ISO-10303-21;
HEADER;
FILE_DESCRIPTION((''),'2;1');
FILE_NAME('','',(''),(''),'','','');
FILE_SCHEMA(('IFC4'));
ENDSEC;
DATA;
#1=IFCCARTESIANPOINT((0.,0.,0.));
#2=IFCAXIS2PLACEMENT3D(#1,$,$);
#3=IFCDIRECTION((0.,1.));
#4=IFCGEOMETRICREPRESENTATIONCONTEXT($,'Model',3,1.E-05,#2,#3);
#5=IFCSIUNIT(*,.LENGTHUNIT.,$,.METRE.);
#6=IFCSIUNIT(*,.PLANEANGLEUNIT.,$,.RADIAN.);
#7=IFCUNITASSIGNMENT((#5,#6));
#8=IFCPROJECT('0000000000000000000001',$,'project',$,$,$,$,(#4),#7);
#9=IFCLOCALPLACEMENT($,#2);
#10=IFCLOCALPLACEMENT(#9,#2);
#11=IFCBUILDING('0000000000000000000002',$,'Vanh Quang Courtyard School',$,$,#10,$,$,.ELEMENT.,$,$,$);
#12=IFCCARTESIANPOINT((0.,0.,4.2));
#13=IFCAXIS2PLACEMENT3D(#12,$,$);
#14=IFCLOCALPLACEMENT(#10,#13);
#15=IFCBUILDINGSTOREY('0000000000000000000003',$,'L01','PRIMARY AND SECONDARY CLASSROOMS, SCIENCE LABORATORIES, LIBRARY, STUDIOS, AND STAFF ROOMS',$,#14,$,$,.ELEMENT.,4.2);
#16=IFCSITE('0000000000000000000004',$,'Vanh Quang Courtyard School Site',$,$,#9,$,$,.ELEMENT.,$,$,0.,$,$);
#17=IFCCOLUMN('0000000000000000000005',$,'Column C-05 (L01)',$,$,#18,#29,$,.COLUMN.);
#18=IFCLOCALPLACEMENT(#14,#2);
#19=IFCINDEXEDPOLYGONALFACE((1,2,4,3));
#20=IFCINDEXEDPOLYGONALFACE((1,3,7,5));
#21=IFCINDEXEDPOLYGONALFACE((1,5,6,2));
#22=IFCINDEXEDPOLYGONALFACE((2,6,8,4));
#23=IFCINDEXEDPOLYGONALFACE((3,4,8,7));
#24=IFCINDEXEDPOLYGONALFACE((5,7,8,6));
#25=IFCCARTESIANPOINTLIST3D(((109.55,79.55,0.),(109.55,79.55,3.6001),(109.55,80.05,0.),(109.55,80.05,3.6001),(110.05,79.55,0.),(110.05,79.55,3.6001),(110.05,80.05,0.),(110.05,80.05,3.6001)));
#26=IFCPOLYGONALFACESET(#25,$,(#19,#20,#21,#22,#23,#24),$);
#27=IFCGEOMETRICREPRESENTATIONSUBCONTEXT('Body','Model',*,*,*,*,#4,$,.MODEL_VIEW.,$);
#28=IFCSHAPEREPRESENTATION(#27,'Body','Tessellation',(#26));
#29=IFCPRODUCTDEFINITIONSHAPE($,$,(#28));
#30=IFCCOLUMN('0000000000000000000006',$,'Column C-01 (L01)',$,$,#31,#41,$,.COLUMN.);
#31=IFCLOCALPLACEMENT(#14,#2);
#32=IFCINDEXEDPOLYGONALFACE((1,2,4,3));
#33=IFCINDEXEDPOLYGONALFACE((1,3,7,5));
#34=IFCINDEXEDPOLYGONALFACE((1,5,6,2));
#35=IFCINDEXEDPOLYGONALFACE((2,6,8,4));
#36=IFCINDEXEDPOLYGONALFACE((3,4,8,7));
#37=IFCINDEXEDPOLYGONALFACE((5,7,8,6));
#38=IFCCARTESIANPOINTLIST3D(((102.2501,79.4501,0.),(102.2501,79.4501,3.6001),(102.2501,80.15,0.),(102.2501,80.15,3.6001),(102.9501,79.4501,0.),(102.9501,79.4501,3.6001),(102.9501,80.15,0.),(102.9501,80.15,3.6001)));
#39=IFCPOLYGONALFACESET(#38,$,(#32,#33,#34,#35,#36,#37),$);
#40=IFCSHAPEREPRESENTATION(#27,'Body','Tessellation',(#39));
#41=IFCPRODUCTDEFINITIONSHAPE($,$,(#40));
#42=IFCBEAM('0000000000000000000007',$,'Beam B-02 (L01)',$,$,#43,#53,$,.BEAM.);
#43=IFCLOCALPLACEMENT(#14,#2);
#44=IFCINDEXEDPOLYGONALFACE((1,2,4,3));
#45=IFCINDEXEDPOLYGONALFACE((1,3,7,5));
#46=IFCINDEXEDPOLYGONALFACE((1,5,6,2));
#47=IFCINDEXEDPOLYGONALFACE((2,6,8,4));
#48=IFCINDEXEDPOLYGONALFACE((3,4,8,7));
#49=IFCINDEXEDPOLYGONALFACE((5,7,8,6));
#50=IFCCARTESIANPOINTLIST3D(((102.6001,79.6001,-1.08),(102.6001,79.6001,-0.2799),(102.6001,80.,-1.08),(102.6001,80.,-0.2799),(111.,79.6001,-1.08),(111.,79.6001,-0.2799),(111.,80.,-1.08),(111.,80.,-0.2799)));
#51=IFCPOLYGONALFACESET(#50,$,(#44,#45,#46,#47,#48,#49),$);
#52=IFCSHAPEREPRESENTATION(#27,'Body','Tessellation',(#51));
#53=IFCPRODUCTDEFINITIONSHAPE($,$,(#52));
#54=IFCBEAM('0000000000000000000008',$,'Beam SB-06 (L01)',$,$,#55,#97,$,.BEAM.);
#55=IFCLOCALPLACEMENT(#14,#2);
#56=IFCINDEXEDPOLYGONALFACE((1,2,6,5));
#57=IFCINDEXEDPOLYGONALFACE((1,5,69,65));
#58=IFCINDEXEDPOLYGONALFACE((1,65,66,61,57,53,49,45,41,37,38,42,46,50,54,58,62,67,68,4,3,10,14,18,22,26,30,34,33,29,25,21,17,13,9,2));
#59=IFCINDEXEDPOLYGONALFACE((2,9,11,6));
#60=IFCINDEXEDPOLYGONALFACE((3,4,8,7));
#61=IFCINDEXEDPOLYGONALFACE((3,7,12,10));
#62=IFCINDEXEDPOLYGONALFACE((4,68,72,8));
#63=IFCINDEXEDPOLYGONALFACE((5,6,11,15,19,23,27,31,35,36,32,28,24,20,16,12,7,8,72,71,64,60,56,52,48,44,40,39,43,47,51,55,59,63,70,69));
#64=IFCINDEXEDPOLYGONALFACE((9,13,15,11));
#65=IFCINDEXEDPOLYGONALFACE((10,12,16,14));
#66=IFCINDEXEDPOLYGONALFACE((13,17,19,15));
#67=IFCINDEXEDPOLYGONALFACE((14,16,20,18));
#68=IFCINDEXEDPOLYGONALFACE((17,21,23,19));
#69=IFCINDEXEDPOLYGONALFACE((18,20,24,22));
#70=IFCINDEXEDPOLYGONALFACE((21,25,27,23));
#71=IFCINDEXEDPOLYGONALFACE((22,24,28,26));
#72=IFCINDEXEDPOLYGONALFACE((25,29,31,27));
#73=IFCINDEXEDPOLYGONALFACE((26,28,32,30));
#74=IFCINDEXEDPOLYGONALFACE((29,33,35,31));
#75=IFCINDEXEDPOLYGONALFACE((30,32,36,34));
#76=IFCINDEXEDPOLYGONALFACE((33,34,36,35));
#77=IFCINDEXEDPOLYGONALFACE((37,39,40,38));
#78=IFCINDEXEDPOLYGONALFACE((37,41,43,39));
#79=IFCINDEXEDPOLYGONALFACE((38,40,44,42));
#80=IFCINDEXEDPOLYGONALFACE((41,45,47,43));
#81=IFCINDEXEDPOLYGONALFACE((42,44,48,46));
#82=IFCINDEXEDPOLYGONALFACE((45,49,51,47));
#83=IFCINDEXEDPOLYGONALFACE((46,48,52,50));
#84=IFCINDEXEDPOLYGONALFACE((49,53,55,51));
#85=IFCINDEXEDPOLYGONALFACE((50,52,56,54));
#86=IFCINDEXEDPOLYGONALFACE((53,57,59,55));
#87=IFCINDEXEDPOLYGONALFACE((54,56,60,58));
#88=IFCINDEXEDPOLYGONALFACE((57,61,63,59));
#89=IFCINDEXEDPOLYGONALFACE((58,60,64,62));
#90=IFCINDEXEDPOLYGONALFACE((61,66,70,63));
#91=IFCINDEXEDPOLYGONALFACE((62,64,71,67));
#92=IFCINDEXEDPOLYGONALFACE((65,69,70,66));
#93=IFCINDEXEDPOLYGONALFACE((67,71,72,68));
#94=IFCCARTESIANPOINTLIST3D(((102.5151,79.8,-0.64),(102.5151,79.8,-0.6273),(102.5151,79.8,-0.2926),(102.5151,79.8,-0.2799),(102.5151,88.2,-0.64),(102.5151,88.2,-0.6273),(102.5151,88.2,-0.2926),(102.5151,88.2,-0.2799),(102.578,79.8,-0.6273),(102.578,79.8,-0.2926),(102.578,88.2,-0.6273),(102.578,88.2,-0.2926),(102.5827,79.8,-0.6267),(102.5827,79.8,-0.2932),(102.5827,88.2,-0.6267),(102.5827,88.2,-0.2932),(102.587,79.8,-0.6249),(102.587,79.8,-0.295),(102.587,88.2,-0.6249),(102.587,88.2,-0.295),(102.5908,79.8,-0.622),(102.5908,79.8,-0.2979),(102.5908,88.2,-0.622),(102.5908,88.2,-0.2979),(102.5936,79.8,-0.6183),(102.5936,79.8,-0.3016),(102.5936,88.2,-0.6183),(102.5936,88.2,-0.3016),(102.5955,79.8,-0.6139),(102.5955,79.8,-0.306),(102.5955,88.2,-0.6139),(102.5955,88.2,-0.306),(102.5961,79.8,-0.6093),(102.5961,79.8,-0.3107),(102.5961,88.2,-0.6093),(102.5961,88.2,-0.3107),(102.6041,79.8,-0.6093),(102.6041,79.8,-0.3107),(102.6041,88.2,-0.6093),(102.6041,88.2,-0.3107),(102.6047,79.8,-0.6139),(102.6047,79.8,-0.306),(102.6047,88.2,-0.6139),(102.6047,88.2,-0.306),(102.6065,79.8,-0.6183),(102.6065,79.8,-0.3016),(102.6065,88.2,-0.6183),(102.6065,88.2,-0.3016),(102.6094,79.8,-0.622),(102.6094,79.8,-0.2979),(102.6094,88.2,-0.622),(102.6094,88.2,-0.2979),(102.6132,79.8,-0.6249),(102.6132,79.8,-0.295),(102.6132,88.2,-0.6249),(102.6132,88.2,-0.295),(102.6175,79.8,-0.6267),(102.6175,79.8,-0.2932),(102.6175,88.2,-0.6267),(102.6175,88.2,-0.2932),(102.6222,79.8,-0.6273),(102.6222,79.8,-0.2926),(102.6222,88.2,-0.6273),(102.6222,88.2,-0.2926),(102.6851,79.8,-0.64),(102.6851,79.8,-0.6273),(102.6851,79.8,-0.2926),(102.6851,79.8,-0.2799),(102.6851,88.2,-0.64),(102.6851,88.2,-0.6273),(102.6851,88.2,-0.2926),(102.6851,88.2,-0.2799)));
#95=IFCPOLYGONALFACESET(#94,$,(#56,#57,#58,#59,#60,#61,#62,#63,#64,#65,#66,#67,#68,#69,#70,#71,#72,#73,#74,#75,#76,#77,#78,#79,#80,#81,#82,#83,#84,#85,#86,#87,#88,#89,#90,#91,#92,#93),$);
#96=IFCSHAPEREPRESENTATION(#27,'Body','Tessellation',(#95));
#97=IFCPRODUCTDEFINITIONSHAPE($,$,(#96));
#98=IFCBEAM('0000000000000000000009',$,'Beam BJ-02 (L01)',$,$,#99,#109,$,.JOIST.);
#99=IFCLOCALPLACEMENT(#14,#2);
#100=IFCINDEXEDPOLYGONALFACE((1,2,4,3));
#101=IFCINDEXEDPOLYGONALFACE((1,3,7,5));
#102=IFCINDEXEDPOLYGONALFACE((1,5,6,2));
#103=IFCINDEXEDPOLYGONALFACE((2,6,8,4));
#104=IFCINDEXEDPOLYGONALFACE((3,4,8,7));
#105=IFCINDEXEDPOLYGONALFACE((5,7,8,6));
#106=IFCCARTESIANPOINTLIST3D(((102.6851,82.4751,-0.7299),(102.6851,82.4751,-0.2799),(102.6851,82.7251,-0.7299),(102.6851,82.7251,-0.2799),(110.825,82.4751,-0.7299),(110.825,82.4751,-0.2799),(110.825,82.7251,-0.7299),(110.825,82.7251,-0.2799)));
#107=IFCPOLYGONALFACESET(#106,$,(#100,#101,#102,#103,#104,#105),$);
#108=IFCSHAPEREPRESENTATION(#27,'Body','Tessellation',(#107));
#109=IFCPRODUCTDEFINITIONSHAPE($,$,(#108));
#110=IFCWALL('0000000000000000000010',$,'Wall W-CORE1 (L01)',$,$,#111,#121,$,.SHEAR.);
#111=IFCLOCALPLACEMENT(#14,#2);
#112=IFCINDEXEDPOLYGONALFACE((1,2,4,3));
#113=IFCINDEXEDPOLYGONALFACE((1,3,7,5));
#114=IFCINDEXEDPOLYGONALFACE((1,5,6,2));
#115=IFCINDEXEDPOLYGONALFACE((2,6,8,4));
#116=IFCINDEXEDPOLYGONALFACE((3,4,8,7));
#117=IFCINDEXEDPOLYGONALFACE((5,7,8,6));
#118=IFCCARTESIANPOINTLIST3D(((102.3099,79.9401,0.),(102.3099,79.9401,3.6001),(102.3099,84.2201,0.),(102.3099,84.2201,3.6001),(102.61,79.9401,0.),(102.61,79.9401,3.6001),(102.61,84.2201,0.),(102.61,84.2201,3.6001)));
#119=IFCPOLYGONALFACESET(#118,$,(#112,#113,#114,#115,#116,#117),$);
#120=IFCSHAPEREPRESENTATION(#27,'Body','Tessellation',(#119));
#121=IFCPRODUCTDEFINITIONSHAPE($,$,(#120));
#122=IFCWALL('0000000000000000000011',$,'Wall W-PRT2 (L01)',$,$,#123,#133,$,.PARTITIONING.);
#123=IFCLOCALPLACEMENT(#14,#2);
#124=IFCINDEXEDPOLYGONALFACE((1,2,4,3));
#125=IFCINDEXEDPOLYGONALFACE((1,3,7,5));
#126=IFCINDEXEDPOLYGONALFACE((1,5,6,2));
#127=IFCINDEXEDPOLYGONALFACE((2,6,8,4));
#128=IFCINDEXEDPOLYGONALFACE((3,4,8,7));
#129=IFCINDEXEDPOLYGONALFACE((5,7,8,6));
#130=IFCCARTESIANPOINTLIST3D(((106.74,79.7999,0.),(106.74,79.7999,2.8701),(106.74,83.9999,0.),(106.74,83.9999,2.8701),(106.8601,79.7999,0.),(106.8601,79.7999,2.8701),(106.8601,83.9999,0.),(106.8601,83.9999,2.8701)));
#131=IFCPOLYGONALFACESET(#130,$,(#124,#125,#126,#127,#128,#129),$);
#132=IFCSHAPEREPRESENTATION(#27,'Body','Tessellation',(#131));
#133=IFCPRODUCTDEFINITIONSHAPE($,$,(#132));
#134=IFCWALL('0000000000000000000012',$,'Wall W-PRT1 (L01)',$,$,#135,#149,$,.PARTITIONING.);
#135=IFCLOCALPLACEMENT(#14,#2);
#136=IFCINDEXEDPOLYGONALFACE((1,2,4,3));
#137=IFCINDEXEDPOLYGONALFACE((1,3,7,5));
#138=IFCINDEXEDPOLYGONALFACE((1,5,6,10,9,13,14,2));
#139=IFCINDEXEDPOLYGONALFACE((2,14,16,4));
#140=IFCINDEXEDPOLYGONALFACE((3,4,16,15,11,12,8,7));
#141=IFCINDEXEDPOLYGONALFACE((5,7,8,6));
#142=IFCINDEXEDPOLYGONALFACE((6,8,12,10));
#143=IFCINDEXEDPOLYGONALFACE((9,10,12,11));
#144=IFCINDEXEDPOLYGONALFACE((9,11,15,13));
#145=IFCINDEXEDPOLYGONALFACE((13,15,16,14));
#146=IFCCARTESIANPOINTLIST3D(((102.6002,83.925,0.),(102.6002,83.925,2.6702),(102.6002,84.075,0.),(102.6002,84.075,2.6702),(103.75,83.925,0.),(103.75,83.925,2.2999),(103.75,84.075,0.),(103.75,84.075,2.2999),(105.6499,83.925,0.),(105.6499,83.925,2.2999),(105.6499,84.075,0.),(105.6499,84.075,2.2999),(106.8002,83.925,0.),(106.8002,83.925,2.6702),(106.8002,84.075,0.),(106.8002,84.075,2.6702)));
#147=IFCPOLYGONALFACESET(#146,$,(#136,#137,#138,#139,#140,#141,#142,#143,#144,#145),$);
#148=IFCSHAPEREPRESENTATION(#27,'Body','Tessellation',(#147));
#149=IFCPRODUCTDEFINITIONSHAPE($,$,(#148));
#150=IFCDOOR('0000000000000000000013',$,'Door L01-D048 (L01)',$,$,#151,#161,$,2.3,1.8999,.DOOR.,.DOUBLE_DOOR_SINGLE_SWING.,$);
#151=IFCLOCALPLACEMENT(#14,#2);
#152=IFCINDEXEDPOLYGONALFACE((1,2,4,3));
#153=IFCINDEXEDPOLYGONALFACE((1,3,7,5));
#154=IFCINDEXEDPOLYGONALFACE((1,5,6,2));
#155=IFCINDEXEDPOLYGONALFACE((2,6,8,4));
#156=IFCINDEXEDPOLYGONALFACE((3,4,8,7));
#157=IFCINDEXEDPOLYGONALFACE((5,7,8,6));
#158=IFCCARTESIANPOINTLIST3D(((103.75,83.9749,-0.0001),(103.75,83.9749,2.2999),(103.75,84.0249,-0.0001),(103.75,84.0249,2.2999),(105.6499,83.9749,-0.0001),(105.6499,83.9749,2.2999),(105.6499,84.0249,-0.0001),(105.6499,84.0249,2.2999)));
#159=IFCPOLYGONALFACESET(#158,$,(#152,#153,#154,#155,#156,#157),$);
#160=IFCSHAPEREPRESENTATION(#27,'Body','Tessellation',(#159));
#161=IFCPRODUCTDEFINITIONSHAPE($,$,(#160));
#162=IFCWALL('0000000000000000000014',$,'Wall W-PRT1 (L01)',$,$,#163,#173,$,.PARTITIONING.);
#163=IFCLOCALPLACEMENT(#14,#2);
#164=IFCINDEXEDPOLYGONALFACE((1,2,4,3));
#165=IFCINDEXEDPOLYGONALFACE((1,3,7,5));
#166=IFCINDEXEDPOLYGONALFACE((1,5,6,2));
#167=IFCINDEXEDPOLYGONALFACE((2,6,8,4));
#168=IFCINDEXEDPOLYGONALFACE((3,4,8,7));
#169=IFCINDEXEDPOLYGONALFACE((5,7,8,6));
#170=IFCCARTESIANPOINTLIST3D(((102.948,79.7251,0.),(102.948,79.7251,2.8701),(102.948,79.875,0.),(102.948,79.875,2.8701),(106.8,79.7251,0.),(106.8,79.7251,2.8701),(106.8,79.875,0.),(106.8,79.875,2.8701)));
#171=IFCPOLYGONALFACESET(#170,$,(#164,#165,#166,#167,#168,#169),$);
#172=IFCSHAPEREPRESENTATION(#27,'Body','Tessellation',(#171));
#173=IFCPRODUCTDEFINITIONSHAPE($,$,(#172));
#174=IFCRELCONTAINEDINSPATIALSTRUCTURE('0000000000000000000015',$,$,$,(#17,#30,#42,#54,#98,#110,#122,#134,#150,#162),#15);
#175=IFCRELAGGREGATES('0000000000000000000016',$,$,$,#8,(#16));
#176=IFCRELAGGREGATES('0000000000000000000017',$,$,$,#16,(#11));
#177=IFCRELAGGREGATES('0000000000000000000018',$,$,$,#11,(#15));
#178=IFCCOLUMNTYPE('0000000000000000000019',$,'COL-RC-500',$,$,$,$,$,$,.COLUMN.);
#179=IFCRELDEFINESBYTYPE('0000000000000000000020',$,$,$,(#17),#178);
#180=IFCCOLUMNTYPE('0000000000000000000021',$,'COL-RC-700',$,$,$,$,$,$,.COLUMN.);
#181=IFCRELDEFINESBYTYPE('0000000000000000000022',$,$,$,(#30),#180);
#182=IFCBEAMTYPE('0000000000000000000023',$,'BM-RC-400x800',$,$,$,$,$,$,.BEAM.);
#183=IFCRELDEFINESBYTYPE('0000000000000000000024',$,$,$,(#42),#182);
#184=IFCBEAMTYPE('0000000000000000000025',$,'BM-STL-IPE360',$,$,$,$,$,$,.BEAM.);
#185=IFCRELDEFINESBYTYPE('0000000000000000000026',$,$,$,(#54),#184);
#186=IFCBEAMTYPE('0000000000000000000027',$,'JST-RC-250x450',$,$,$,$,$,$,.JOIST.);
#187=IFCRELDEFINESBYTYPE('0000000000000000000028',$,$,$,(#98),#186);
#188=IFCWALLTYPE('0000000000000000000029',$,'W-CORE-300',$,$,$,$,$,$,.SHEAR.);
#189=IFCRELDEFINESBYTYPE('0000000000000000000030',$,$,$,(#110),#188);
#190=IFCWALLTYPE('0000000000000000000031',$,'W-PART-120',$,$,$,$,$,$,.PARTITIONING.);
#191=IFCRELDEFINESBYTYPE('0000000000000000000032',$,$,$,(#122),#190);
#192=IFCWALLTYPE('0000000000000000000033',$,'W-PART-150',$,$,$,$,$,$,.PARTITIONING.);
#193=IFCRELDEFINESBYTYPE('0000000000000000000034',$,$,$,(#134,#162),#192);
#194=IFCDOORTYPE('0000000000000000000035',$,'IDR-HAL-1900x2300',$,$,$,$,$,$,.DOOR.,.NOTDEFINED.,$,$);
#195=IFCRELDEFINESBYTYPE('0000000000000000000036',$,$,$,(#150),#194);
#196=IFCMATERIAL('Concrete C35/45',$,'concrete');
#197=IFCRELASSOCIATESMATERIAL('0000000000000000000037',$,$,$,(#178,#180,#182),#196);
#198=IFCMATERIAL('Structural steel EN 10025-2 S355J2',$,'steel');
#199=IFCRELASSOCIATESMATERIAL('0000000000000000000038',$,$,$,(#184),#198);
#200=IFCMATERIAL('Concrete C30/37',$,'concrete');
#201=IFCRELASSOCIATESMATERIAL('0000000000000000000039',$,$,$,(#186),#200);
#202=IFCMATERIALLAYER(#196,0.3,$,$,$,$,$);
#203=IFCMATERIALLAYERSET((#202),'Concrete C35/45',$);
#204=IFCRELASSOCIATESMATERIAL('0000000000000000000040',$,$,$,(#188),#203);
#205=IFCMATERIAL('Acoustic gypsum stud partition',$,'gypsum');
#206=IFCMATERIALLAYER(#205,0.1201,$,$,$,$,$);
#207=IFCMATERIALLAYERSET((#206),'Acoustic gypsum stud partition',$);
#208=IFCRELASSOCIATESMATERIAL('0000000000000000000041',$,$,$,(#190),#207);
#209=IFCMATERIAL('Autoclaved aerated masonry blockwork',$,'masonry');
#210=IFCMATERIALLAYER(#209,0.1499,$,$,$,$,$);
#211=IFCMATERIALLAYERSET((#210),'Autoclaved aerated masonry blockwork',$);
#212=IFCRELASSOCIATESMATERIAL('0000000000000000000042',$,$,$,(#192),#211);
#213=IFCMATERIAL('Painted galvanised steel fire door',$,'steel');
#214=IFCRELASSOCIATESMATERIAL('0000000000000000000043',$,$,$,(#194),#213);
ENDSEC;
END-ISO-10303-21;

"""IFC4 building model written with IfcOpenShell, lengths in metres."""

from ifc_helpers import new_model, si_unit, direction, frame, frame_2d, origin, origin_2d, place, context, subcontext, project, spatial, rectangle, i_section, extrude, material, layer, layer_set, material_profile, profile_set, type_object, element, fill, save


model = new_model("IFC4")

# Units and contexts
model_context = context("Model", 3, precision=1e-05, world=origin(), true_north=direction((0.0, 1.0)))
body_context = subcontext(model_context, "Body", "Model", "MODEL_VIEW")
ifc_project = project(units=[si_unit("LENGTHUNIT", "METRE"), si_unit("PLANEANGLEUNIT", "RADIAN")], contexts=[model_context])

# Site, building, storey
site_placement = place(None, origin())
site = spatial("IfcSite", under=ifc_project, at=site_placement, Name="Vanh Quang Courtyard School Site", CompositionType="ELEMENT", RefElevation=0.0)
building_placement = place(site_placement, origin())
building = spatial("IfcBuilding", under=site, at=building_placement, Name="Vanh Quang Courtyard School", CompositionType="ELEMENT")
storey_placement = place(building_placement, frame((0.0, 0.0, 4.2)))
storey = spatial("IfcBuildingStorey", under=building, at=storey_placement, Name="L01", Description="PRIMARY AND SECONDARY CLASSROOMS, SCIENCE LABORATORIES, LIBRARY, STUDIOS, AND STAFF ROOMS", CompositionType="ELEMENT", Elevation=4.2)

# Columns
ifc_material_1 = material(Name="Concrete C35/45", Category="concrete")
ifc_material_profile_1 = material_profile(ifc_material_1, rectangle(XDim=0.5, YDim=0.5, at=origin_2d()), Name="RC-COL 500x500")
ifc_profile_set_1 = profile_set([ifc_material_profile_1], Name="Concrete C35/45")
column_type_1 = type_object("IfcColumnType", Name="COL-RC-500", PredefinedType="COLUMN", material=ifc_profile_set_1)
column_1_placement = place(storey_placement, frame((109.8, 79.8, 0.0), z_axis=(0.0, 0.0, 1.0), x_axis=(1.0, 0.0, 0.0)))
element("IfcColumn", 1, at=column_1_placement, inside=storey, type_object=column_type_1, Name="Column C-05 (L01)", PredefinedType="COLUMN", context=body_context, shape_type="SweptSolid", body=[
    extrude(rectangle(XDim=0.5, YDim=0.5, at=origin_2d()), origin(), (0.0, 0.0, 1.0), 3.6001),
])
ifc_material_profile_2 = material_profile(ifc_material_1, rectangle(XDim=0.7, YDim=0.7, at=origin_2d()), Name="RC-COL 700x700")
ifc_profile_set_2 = profile_set([ifc_material_profile_2], Name="Concrete C35/45")
column_type_2 = type_object("IfcColumnType", Name="COL-RC-700", PredefinedType="COLUMN", material=ifc_profile_set_2)
column_2_placement = place(storey_placement, frame((102.6001, 79.8, 0.0), z_axis=(0.0, 0.0, 1.0), x_axis=(1.0, 0.0, 0.0)))
element("IfcColumn", 2, at=column_2_placement, inside=storey, type_object=column_type_2, Name="Column C-01 (L01)", PredefinedType="COLUMN", context=body_context, shape_type="SweptSolid", body=[
    extrude(rectangle(XDim=0.7, YDim=0.7, at=origin_2d()), origin(), (0.0, 0.0, 1.0), 3.6001),
])

# Beams
ifc_material_profile_3 = material_profile(ifc_material_1, rectangle(XDim=0.3999, YDim=0.8, at=origin_2d()), Name="RC-BM 400x800")
ifc_profile_set_3 = profile_set([ifc_material_profile_3], Name="Concrete C35/45")
beam_type_1 = type_object("IfcBeamType", Name="BM-RC-400x800", PredefinedType="BEAM", material=ifc_profile_set_3)
beam_1_placement = place(storey_placement, frame((102.6001, 79.8, -0.6799), z_axis=(1.0, 0.0, 0.0), x_axis=(0.0, 1.0, 0.0)))
element("IfcBeam", 3, at=beam_1_placement, inside=storey, type_object=beam_type_1, Name="Beam B-02 (L01)", PredefinedType="BEAM", context=body_context, shape_type="SweptSolid", body=[
    extrude(rectangle(XDim=0.3999, YDim=0.8, at=origin_2d()), origin(), (0.0, 0.0, 1.0), 8.3999),
])
ifc_material_2 = material(Name="Structural steel EN 10025-2 S355J2", Category="steel")
ifc_material_profile_4 = material_profile(ifc_material_2, i_section(OverallWidth=0.1699, OverallDepth=0.3601, WebThickness=0.0081, FlangeThickness=0.0127, FilletRadius=0.0181, at=origin_2d()), Name="IPE 360")
ifc_profile_set_4 = profile_set([ifc_material_profile_4], Name="Structural steel EN 10025-2 S355J2")
beam_type_2 = type_object("IfcBeamType", Name="BM-STL-IPE360", PredefinedType="BEAM", material=ifc_profile_set_4)
beam_2_placement = place(storey_placement, frame((102.6001, 79.8, -0.46), z_axis=(0.0, 1.0, 0.0), x_axis=(-1.0, 0.0, 0.0)))
element("IfcBeam", 4, at=beam_2_placement, inside=storey, type_object=beam_type_2, Name="Beam SB-06 (L01)", PredefinedType="BEAM", context=body_context, shape_type="SweptSolid", body=[
    extrude(i_section(OverallWidth=0.1699, OverallDepth=0.3601, WebThickness=0.0081, FlangeThickness=0.0127, FilletRadius=0.0181, at=origin_2d()), origin(), (0.0, 0.0, 1.0), 8.3999),
])
ifc_material_3 = material(Name="Concrete C30/37", Category="concrete")
ifc_material_profile_5 = material_profile(ifc_material_3, rectangle(XDim=0.25, YDim=0.45, at=origin_2d()), Name="RC-JST 250x450")
ifc_profile_set_5 = profile_set([ifc_material_profile_5], Name="Concrete C30/37")
beam_type_3 = type_object("IfcBeamType", Name="JST-RC-250x450", PredefinedType="JOIST", material=ifc_profile_set_5)
beam_3_placement = place(storey_placement, frame((102.6851, 82.6001, -0.5049), z_axis=(1.0, 0.0, 0.0), x_axis=(0.0, 1.0, 0.0)))
element("IfcBeam", 5, at=beam_3_placement, inside=storey, type_object=beam_type_3, Name="Beam BJ-02 (L01)", PredefinedType="JOIST", context=body_context, shape_type="SweptSolid", body=[
    extrude(rectangle(XDim=0.25, YDim=0.45, at=origin_2d()), origin(), (0.0, 0.0, 1.0), 8.1399),
])

# Wall
ifc_layer_1 = layer(ifc_material_1, 0.3)
ifc_layer_set_1 = layer_set([ifc_layer_1], Name="Concrete C35/45")
wall_type_1 = type_object("IfcWallType", Name="W-CORE-300", PredefinedType="SHEAR", material=ifc_layer_set_1)
wall_1_placement = place(storey_placement, frame((102.46, 79.9399, 0.0), z_axis=(0.0, 0.0, 1.0), x_axis=(0.0, 1.0, 0.0)))
element("IfcWall", 6, at=wall_1_placement, inside=storey, type_object=wall_type_1, Name="Wall W-CORE1 (L01)", PredefinedType="SHEAR", context=body_context, shape_type="SweptSolid", body=[
    extrude(rectangle(XDim=4.28, YDim=0.3, at=frame_2d((2.1401, 0.0))), origin(), (0.0, 0.0, 1.0), 3.6001),
])

# Shared definitions
ifc_material_4 = material(Name="Painted galvanised steel fire door", Category="steel")

# Wall
ifc_material_5 = material(Name="Acoustic gypsum stud partition", Category="gypsum")
ifc_layer_2 = layer(ifc_material_5, 0.1201)
ifc_layer_set_2 = layer_set([ifc_layer_2], Name="Acoustic gypsum stud partition")
wall_type_2 = type_object("IfcWallType", Name="W-PART-120", PredefinedType="PARTITIONING", material=ifc_layer_set_2)
wall_2_placement = place(storey_placement, frame((106.8, 84.0, 0.0), z_axis=(0.0, 0.0, 1.0), x_axis=(0.0, -1.0, 0.0)))
element("IfcWall", 7, at=wall_2_placement, inside=storey, type_object=wall_type_2, Name="Wall W-PRT2 (L01)", PredefinedType="PARTITIONING", context=body_context, shape_type="SweptSolid", body=[
    extrude(rectangle(XDim=4.2, YDim=0.1201, at=frame_2d((2.1001, 0.0))), origin(), (0.0, 0.0, 1.0), 2.8701),
])

# Wall, opening, door
ifc_material_6 = material(Name="Autoclaved aerated masonry blockwork", Category="masonry")
ifc_layer_3 = layer(ifc_material_6, 0.1499)
ifc_layer_set_3 = layer_set([ifc_layer_3], Name="Autoclaved aerated masonry blockwork")
wall_type_3 = type_object("IfcWallType", Name="W-PART-150", PredefinedType="PARTITIONING", material=ifc_layer_set_3)
wall_3_placement = place(storey_placement, frame((102.6001, 84.0, 0.0), z_axis=(0.0, 0.0, 1.0), x_axis=(1.0, 0.0, 0.0)))
wall_3 = element("IfcWall", 8, at=wall_3_placement, inside=storey, type_object=wall_type_3, Name="Wall W-PRT1 (L01)", PredefinedType="PARTITIONING", context=body_context, shape_type="SweptSolid", body=[
    extrude(rectangle(XDim=4.2, YDim=0.1499, at=frame_2d((2.1001, 0.0))), origin(), (0.0, 0.0, 1.0), 2.6702),
])
opening_1_placement = place(wall_3_placement, frame((1.1499, 0.0, 0.0)))
opening_1 = element("IfcOpeningElement", 9, at=opening_1_placement, cuts=wall_3, PredefinedType="OPENING", context=body_context, shape_type="SweptSolid", body=[
    extrude(rectangle(XDim=1.8999, YDim=2.3, at=frame_2d((0.95, 1.1499))), frame((0.0, 0.085, 0.0), z_axis=(0.0, -1.0, 0.0), x_axis=(1.0, 0.0, 0.0)), (0.0, 0.0, 1.0), 0.1699),
])
door_type_1 = type_object("IfcDoorType", Name="IDR-HAL-1900x2300", OperationType="NOTDEFINED", PredefinedType="DOOR", material=ifc_material_4)
door_1_placement = place(opening_1_placement, origin())
door_1 = element("IfcDoor", 10, at=door_1_placement, inside=storey, type_object=door_type_1, Name="Door L01-D048 (L01)", OperationType="DOUBLE_DOOR_SINGLE_SWING", OverallHeight=2.3, OverallWidth=1.8999, PredefinedType="DOOR", context=body_context, shape_type="SweptSolid", body=[
    extrude(rectangle(XDim=1.8999, YDim=2.3, at=frame_2d((0.95, 1.1499))), frame((0.0, 0.0249, 0.0), z_axis=(0.0, -1.0, 0.0), x_axis=(1.0, 0.0, 0.0)), (0.0, 0.0, 1.0), 0.05),
])
fill(opening_1, door_1)

# Wall
wall_4_placement = place(storey_placement, frame((106.8, 79.8, 0.0), z_axis=(0.0, 0.0, 1.0), x_axis=(-1.0, 0.0, 0.0)))
element("IfcWall", 11, at=wall_4_placement, inside=storey, type_object=wall_type_3, Name="Wall W-PRT1 (L01)", PredefinedType="PARTITIONING", context=body_context, shape_type="SweptSolid", body=[
    extrude(rectangle(XDim=3.8521, YDim=0.1499, at=frame_2d((1.926, 0.0))), origin(), (0.0, 0.0, 1.0), 2.8701),
])

save(model, "model.ifc")
